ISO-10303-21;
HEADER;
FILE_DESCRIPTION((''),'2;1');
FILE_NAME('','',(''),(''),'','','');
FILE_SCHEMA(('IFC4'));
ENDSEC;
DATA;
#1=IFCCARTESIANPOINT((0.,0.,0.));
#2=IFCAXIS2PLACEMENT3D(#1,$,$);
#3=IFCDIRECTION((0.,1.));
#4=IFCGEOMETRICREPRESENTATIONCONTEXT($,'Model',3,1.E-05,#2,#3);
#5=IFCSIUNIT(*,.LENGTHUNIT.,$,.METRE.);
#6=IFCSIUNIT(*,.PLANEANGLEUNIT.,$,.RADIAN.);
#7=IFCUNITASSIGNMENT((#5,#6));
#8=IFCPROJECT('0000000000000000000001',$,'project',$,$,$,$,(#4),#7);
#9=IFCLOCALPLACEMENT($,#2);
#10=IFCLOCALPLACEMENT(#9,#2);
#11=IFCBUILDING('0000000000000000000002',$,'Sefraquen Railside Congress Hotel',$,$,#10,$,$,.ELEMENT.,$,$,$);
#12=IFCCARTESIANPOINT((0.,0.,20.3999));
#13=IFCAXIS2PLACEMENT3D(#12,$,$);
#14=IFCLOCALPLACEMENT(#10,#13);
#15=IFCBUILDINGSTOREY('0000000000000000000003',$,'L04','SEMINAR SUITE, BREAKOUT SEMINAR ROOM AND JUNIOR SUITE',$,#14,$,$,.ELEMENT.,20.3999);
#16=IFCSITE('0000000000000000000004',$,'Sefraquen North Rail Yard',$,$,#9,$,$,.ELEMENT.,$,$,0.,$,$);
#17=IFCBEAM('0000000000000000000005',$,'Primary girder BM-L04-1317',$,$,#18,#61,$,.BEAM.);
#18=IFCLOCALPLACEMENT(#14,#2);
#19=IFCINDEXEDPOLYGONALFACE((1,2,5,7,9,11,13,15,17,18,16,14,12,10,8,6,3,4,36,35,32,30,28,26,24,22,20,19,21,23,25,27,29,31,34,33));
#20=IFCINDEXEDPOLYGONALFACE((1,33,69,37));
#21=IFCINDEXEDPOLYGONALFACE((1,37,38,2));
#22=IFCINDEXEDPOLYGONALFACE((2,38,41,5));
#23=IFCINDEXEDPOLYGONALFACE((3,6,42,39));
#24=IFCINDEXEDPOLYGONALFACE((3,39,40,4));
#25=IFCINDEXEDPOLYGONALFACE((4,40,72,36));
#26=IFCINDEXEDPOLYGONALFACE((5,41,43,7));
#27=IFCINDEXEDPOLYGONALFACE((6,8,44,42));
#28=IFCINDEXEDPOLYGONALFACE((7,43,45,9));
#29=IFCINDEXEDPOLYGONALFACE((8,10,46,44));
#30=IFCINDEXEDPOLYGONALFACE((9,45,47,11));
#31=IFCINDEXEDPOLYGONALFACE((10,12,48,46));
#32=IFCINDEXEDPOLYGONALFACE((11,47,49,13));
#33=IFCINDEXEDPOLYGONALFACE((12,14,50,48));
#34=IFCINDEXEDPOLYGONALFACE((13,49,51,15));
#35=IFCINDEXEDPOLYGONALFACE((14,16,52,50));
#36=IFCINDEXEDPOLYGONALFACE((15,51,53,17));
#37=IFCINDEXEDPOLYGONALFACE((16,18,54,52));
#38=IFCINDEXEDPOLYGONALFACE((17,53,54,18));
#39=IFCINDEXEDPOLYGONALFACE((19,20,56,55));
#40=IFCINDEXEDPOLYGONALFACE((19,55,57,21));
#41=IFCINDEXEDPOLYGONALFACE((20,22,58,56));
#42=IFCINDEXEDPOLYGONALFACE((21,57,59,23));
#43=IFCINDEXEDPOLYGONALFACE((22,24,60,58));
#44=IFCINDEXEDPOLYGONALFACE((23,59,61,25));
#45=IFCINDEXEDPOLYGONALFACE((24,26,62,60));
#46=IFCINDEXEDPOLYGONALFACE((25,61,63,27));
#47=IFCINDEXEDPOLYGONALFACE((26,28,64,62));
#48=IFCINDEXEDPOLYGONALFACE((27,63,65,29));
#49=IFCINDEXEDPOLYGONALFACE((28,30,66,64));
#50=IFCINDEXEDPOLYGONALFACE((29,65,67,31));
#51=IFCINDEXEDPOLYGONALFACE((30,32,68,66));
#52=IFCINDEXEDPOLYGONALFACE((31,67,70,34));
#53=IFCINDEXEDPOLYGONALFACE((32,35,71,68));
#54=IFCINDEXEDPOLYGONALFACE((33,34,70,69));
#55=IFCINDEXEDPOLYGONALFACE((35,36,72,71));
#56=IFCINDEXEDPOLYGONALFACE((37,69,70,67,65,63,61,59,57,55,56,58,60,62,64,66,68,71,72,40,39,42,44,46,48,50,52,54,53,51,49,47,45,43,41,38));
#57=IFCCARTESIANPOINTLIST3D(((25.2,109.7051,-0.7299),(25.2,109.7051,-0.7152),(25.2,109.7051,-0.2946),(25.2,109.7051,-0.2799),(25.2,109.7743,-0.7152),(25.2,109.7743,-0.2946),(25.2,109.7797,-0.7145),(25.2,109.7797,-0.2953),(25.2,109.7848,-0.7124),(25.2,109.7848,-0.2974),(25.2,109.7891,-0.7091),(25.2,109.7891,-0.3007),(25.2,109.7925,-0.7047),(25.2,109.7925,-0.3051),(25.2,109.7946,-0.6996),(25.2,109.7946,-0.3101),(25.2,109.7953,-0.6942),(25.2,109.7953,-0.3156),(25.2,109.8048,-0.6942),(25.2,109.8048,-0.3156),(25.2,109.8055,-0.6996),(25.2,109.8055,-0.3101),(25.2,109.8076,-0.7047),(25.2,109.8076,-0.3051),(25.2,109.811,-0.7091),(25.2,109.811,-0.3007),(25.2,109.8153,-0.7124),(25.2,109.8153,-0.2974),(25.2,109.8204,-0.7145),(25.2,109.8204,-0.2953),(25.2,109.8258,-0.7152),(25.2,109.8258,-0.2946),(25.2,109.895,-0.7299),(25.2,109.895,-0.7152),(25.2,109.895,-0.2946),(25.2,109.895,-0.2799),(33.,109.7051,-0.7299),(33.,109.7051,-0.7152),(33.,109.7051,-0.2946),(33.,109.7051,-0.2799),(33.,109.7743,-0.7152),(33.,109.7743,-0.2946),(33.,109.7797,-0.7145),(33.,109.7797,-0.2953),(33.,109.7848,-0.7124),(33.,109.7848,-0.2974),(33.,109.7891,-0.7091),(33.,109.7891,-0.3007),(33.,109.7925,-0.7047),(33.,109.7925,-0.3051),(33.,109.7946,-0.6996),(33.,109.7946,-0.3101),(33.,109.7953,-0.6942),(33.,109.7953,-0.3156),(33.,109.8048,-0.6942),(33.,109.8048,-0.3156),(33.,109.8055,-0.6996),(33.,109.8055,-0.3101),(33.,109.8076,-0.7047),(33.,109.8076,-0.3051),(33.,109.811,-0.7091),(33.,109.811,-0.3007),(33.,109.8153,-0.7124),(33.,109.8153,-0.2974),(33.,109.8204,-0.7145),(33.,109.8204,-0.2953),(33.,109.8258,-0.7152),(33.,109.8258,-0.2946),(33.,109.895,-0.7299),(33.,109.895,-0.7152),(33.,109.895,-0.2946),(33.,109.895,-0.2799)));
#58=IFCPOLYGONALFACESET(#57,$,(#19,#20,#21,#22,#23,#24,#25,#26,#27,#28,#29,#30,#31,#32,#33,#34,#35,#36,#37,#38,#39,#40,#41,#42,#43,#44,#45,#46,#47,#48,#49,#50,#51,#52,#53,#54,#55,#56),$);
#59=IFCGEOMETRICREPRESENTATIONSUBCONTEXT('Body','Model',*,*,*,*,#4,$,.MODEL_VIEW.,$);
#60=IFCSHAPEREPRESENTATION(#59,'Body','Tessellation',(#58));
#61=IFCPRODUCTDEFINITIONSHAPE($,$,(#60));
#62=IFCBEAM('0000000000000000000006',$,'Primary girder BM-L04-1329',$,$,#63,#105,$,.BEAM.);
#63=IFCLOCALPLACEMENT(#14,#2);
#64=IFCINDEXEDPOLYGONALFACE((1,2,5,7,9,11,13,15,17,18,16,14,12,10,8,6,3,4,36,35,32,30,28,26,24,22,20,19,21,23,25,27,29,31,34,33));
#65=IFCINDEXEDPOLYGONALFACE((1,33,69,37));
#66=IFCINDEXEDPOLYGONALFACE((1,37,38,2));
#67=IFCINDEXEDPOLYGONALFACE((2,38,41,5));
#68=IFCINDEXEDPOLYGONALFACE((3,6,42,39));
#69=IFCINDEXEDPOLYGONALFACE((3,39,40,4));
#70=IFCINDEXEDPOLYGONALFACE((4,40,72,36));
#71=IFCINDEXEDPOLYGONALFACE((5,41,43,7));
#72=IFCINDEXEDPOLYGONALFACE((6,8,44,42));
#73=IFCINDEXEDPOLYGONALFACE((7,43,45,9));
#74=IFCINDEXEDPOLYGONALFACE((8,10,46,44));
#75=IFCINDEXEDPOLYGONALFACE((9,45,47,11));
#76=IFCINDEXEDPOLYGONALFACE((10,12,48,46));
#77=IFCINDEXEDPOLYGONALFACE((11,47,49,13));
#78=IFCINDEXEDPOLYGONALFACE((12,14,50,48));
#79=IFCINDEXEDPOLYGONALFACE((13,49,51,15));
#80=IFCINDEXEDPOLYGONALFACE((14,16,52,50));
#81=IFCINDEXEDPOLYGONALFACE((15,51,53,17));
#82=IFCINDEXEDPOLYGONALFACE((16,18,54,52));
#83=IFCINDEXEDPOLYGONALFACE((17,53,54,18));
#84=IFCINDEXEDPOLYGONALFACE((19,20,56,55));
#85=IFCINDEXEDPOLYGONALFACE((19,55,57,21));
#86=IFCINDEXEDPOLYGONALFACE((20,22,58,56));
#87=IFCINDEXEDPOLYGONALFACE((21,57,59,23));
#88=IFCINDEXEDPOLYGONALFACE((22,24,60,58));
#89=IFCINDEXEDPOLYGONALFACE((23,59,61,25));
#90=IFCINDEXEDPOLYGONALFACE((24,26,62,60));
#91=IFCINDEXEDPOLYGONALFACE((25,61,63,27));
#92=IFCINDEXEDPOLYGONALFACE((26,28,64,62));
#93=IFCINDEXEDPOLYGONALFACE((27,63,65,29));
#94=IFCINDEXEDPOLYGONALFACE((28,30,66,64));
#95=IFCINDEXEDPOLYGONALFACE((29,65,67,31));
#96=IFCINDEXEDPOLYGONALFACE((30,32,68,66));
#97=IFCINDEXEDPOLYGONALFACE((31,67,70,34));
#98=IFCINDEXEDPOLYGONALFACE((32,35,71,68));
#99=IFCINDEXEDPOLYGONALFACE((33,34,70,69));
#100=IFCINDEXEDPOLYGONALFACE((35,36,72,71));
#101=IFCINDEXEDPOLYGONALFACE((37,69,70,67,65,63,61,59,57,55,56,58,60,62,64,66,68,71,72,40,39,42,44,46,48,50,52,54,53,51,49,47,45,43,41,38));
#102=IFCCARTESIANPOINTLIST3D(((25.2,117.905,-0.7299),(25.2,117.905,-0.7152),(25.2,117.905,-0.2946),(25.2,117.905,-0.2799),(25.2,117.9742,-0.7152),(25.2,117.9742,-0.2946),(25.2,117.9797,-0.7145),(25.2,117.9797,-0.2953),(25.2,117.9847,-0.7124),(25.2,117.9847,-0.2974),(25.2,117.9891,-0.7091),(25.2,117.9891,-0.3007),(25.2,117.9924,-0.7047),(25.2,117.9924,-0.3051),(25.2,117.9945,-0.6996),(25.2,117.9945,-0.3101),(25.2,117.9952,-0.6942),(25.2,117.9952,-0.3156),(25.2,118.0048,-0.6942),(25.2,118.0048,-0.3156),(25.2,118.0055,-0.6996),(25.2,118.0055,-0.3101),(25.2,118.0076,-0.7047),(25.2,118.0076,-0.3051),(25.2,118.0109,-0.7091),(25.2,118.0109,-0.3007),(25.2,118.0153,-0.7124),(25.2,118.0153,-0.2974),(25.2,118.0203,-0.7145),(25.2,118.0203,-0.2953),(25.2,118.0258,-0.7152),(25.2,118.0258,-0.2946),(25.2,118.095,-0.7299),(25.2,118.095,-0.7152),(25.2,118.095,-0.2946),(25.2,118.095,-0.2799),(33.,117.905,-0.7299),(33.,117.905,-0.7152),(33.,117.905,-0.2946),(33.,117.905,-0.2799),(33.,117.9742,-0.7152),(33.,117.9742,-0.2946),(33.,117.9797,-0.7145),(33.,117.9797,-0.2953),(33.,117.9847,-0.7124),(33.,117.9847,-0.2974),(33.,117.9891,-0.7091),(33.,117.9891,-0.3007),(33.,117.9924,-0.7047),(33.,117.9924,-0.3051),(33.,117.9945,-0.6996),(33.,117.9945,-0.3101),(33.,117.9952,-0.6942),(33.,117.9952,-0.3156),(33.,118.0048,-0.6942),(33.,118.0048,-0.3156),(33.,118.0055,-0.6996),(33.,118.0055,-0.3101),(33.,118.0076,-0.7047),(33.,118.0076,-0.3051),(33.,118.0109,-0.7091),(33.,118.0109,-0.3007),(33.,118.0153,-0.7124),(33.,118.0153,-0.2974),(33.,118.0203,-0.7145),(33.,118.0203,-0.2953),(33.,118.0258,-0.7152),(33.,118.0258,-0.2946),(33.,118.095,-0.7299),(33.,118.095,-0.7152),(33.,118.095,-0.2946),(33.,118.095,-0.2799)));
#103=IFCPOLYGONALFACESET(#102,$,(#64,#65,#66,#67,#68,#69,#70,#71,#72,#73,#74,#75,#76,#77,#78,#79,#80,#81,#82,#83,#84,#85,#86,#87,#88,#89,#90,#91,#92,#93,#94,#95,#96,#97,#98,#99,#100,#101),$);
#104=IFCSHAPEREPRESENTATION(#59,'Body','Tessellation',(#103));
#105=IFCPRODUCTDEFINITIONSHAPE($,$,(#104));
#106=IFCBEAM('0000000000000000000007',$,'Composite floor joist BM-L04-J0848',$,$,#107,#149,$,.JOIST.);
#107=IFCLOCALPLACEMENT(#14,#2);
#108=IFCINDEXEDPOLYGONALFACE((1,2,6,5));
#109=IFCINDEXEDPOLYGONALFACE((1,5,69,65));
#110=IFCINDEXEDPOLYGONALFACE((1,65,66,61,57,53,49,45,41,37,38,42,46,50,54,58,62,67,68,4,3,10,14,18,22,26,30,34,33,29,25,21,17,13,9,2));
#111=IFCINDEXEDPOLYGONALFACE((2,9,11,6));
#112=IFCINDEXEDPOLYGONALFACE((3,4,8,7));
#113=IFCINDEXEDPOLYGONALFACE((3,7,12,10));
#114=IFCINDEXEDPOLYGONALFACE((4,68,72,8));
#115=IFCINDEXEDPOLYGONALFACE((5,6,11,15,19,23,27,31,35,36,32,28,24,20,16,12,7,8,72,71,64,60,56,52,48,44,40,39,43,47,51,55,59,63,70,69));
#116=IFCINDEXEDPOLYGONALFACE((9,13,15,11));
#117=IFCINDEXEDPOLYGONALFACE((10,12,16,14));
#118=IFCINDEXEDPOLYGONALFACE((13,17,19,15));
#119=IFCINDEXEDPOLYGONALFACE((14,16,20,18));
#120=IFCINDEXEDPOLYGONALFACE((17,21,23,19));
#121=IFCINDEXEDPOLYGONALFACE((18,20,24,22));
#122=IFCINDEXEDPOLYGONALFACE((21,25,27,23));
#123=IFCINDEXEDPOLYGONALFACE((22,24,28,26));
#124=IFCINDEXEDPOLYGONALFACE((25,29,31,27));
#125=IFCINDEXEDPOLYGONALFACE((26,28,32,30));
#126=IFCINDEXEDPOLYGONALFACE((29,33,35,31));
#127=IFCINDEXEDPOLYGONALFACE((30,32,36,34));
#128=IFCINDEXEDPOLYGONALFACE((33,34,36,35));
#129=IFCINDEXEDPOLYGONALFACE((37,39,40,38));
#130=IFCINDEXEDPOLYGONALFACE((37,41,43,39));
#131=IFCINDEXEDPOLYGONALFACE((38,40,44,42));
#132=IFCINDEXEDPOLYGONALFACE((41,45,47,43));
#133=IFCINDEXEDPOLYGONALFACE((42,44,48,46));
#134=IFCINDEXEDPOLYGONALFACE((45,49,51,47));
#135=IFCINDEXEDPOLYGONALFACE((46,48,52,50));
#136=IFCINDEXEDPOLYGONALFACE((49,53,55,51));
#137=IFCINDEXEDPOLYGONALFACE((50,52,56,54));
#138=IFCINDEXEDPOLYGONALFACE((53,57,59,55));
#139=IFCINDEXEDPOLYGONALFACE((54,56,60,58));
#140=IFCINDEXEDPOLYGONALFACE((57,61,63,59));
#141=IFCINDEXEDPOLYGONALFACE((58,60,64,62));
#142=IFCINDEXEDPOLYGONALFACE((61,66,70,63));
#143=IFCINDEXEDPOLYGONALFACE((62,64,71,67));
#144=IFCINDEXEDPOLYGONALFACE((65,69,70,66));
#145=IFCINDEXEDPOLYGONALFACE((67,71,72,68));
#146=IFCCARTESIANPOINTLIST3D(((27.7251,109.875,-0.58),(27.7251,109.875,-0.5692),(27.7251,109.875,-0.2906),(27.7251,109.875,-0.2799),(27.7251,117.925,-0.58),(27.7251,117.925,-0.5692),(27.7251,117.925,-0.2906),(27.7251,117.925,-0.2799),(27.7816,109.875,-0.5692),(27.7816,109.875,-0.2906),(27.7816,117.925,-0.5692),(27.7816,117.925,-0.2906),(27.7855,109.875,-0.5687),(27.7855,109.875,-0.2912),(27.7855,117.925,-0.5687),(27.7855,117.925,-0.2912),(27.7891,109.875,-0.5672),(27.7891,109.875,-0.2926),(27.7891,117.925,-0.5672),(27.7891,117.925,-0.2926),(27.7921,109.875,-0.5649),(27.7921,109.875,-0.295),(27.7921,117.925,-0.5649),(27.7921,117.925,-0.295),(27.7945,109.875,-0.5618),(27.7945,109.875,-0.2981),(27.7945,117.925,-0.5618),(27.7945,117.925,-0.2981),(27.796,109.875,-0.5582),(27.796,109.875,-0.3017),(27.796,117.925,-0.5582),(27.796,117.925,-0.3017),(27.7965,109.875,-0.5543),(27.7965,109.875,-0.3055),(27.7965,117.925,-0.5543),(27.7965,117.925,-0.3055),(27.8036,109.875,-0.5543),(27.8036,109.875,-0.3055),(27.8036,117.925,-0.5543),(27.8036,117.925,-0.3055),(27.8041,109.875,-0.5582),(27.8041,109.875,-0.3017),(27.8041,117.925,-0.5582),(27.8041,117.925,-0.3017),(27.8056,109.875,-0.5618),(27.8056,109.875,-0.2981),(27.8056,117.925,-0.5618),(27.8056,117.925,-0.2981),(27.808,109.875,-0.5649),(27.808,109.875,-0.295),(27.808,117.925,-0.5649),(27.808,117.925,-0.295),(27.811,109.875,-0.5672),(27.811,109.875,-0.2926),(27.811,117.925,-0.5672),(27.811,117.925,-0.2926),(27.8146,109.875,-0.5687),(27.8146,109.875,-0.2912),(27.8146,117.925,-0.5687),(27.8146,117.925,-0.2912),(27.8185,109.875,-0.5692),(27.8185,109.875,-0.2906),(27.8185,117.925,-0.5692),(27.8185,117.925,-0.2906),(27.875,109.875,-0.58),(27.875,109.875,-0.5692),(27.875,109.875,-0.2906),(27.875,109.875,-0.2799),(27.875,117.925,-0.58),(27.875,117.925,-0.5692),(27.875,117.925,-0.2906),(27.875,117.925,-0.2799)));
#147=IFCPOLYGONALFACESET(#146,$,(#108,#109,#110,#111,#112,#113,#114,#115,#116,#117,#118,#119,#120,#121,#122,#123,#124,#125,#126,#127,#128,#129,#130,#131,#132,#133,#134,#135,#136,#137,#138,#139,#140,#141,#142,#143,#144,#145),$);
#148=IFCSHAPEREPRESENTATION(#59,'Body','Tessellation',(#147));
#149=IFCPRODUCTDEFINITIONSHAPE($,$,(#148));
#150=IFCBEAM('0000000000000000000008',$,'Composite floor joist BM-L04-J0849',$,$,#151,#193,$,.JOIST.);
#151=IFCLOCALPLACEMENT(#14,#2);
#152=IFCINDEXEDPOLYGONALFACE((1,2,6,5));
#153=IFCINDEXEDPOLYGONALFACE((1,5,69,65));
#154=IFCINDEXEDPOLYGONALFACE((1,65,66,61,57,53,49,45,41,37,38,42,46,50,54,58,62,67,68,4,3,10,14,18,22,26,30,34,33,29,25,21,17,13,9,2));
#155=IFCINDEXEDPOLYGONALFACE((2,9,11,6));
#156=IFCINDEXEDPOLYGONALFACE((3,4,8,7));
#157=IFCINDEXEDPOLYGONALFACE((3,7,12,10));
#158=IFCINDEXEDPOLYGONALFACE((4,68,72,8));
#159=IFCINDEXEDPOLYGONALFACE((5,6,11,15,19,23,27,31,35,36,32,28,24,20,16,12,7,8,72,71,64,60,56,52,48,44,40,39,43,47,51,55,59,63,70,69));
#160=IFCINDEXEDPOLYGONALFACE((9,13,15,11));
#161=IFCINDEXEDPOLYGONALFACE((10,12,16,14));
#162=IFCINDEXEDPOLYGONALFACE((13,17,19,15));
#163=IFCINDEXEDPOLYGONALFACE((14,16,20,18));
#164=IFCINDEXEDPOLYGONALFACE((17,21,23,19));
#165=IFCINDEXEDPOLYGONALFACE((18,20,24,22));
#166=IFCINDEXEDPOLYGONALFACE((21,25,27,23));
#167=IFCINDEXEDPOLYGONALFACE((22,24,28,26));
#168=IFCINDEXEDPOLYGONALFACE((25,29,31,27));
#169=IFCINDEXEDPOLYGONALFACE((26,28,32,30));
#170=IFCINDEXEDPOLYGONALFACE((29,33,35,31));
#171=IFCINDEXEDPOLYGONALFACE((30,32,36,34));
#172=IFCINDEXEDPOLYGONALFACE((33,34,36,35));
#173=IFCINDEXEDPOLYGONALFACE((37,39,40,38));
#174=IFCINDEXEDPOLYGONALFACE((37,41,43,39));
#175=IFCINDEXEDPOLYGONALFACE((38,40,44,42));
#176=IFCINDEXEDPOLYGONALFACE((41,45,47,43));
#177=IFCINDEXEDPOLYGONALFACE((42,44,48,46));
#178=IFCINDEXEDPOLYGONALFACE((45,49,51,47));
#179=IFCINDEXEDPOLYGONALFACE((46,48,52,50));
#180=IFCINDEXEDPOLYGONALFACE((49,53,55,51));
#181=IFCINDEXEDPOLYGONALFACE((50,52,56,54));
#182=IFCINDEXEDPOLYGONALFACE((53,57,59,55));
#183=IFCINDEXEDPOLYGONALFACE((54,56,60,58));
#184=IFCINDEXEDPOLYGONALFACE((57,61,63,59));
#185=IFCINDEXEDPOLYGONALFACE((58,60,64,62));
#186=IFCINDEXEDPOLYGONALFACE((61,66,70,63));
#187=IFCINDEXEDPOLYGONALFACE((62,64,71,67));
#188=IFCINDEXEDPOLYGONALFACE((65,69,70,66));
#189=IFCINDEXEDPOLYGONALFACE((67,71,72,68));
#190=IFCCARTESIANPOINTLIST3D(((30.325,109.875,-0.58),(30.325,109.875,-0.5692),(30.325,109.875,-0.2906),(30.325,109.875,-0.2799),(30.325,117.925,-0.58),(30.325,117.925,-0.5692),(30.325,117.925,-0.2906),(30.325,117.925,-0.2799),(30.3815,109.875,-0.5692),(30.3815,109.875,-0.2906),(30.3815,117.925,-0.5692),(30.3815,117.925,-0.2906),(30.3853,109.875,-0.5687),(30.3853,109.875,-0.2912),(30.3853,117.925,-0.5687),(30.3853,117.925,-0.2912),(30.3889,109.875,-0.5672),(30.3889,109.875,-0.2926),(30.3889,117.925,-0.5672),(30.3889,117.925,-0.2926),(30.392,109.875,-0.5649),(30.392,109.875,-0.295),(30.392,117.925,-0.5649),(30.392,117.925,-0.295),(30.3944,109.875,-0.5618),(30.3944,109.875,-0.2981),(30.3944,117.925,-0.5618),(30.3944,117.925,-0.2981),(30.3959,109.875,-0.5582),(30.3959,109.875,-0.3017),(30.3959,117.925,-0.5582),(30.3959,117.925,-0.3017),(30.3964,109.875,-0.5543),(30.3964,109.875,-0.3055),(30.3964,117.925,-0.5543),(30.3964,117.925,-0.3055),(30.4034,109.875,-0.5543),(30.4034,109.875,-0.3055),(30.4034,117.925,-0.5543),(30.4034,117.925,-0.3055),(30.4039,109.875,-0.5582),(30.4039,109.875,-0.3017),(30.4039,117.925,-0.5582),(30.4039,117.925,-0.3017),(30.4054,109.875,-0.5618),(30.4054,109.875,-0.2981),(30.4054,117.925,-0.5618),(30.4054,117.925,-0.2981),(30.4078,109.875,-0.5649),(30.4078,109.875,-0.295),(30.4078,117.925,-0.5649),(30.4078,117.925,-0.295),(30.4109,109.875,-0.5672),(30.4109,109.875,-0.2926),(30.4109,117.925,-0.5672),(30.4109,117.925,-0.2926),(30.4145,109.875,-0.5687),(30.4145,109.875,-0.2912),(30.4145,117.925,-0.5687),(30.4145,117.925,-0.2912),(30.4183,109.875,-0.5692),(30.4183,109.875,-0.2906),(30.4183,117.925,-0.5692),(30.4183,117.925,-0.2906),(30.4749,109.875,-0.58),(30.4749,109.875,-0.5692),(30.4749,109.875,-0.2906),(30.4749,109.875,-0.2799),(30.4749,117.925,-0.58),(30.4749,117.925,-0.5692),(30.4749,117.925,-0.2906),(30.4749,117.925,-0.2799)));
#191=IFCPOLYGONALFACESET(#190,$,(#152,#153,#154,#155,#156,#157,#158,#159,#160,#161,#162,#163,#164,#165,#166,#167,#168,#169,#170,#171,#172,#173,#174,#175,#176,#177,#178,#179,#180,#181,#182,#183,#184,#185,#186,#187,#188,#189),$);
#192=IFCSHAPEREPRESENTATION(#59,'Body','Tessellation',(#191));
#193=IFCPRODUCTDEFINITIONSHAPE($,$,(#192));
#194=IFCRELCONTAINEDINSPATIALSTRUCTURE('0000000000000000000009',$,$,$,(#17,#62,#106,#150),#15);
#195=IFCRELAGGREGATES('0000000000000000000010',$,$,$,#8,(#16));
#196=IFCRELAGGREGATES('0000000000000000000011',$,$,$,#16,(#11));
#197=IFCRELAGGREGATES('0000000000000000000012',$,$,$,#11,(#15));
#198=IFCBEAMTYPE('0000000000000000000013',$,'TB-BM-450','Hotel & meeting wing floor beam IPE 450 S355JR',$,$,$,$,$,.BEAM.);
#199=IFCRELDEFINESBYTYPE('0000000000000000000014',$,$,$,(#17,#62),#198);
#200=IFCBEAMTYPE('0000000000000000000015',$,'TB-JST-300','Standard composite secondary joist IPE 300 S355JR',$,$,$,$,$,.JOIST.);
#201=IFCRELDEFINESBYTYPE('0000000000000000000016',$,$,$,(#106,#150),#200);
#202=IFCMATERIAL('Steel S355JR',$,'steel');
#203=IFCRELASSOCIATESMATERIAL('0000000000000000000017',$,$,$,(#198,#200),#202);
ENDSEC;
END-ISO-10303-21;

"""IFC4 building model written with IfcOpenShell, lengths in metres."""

from ifc_helpers import new_model, si_unit, direction, frame, origin, origin_2d, place, context, subcontext, project, spatial, i_section, extrude, material, material_profile, profile_set, type_object, element, save


model = new_model("IFC4")

# Units and contexts
model_context = context("Model", 3, precision=1e-05, world=origin(), true_north=direction((0.0, 1.0)))
body_context = subcontext(model_context, "Body", "Model", "MODEL_VIEW")
ifc_project = project(units=[si_unit("LENGTHUNIT", "METRE"), si_unit("PLANEANGLEUNIT", "RADIAN")], contexts=[model_context])

# Site, building, storey
site_placement = place(None, origin())
site = spatial("IfcSite", under=ifc_project, at=site_placement, Name="Sefraquen North Rail Yard", CompositionType="ELEMENT", RefElevation=0.0)
building_placement = place(site_placement, origin())
building = spatial("IfcBuilding", under=site, at=building_placement, Name="Sefraquen Railside Congress Hotel", CompositionType="ELEMENT")
storey_placement = place(building_placement, frame((0.0, 0.0, 20.3999)))
storey = spatial("IfcBuildingStorey", under=building, at=storey_placement, Name="L04", Description="SEMINAR SUITE, BREAKOUT SEMINAR ROOM AND JUNIOR SUITE", CompositionType="ELEMENT", Elevation=20.3999)

# Shared definitions
ifc_material_1 = material(Name="Steel S355JR", Category="steel")

# Beams
ifc_material_profile_1 = material_profile(ifc_material_1, i_section(OverallWidth=0.1899, OverallDepth=0.45, WebThickness=0.0095, FlangeThickness=0.0146, FilletRadius=0.021, at=origin_2d()), Name="IPE 450")
ifc_profile_set_1 = profile_set([ifc_material_profile_1], Name="Steel S355JR")
beam_type_1 = type_object("IfcBeamType", Name="TB-BM-450", Description="Hotel & meeting wing floor beam IPE 450 S355JR", PredefinedType="BEAM", material=ifc_profile_set_1)
for number, where, z_axis, x_axis, name in (
    (1, (25.2, 109.8, -0.5049), (1.0, 0.0, 0.0), (0.0, 1.0, 0.0), "Primary girder BM-L04-1317"),
    (2, (25.2, 118.0, -0.5049), (1.0, 0.0, 0.0), (0.0, 1.0, 0.0), "Primary girder BM-L04-1329"),
):
    element("IfcBeam", number, at=place(storey_placement, frame(where, z_axis=z_axis, x_axis=x_axis)), inside=storey, type_object=beam_type_1, Name=name, PredefinedType="BEAM", context=body_context, shape_type="SweptSolid", body=[
        extrude(i_section(OverallWidth=0.1899, OverallDepth=0.45, WebThickness=0.0095, FlangeThickness=0.0146, FilletRadius=0.021, at=origin_2d()), origin(), (0.0, 0.0, 1.0), 7.8),
    ])
ifc_material_profile_2 = material_profile(ifc_material_1, i_section(OverallWidth=0.1499, OverallDepth=0.3, WebThickness=0.0071, FlangeThickness=0.0107, FilletRadius=0.0149, at=origin_2d()), Name="IPE 300")
ifc_profile_set_2 = profile_set([ifc_material_profile_2], Name="Steel S355JR")
beam_type_2 = type_object("IfcBeamType", Name="TB-JST-300", Description="Standard composite secondary joist IPE 300 S355JR", PredefinedType="JOIST", material=ifc_profile_set_2)
for number, where, z_axis, x_axis, name in (
    (3, (27.8, 109.875, -0.4299), (0.0, 1.0, 0.0), (-1.0, 0.0, 0.0), "Composite floor joist BM-L04-J0848"),
    (4, (30.3999, 109.875, -0.4299), (0.0, 1.0, 0.0), (-1.0, 0.0, 0.0), "Composite floor joist BM-L04-J0849"),
):
    element("IfcBeam", number, at=place(storey_placement, frame(where, z_axis=z_axis, x_axis=x_axis)), inside=storey, type_object=beam_type_2, Name=name, PredefinedType="JOIST", context=body_context, shape_type="SweptSolid", body=[
        extrude(i_section(OverallWidth=0.1499, OverallDepth=0.3, WebThickness=0.0071, FlangeThickness=0.0107, FilletRadius=0.0149, at=origin_2d()), origin(), (0.0, 0.0, 1.0), 8.05),
    ])

save(model, "model.ifc")
